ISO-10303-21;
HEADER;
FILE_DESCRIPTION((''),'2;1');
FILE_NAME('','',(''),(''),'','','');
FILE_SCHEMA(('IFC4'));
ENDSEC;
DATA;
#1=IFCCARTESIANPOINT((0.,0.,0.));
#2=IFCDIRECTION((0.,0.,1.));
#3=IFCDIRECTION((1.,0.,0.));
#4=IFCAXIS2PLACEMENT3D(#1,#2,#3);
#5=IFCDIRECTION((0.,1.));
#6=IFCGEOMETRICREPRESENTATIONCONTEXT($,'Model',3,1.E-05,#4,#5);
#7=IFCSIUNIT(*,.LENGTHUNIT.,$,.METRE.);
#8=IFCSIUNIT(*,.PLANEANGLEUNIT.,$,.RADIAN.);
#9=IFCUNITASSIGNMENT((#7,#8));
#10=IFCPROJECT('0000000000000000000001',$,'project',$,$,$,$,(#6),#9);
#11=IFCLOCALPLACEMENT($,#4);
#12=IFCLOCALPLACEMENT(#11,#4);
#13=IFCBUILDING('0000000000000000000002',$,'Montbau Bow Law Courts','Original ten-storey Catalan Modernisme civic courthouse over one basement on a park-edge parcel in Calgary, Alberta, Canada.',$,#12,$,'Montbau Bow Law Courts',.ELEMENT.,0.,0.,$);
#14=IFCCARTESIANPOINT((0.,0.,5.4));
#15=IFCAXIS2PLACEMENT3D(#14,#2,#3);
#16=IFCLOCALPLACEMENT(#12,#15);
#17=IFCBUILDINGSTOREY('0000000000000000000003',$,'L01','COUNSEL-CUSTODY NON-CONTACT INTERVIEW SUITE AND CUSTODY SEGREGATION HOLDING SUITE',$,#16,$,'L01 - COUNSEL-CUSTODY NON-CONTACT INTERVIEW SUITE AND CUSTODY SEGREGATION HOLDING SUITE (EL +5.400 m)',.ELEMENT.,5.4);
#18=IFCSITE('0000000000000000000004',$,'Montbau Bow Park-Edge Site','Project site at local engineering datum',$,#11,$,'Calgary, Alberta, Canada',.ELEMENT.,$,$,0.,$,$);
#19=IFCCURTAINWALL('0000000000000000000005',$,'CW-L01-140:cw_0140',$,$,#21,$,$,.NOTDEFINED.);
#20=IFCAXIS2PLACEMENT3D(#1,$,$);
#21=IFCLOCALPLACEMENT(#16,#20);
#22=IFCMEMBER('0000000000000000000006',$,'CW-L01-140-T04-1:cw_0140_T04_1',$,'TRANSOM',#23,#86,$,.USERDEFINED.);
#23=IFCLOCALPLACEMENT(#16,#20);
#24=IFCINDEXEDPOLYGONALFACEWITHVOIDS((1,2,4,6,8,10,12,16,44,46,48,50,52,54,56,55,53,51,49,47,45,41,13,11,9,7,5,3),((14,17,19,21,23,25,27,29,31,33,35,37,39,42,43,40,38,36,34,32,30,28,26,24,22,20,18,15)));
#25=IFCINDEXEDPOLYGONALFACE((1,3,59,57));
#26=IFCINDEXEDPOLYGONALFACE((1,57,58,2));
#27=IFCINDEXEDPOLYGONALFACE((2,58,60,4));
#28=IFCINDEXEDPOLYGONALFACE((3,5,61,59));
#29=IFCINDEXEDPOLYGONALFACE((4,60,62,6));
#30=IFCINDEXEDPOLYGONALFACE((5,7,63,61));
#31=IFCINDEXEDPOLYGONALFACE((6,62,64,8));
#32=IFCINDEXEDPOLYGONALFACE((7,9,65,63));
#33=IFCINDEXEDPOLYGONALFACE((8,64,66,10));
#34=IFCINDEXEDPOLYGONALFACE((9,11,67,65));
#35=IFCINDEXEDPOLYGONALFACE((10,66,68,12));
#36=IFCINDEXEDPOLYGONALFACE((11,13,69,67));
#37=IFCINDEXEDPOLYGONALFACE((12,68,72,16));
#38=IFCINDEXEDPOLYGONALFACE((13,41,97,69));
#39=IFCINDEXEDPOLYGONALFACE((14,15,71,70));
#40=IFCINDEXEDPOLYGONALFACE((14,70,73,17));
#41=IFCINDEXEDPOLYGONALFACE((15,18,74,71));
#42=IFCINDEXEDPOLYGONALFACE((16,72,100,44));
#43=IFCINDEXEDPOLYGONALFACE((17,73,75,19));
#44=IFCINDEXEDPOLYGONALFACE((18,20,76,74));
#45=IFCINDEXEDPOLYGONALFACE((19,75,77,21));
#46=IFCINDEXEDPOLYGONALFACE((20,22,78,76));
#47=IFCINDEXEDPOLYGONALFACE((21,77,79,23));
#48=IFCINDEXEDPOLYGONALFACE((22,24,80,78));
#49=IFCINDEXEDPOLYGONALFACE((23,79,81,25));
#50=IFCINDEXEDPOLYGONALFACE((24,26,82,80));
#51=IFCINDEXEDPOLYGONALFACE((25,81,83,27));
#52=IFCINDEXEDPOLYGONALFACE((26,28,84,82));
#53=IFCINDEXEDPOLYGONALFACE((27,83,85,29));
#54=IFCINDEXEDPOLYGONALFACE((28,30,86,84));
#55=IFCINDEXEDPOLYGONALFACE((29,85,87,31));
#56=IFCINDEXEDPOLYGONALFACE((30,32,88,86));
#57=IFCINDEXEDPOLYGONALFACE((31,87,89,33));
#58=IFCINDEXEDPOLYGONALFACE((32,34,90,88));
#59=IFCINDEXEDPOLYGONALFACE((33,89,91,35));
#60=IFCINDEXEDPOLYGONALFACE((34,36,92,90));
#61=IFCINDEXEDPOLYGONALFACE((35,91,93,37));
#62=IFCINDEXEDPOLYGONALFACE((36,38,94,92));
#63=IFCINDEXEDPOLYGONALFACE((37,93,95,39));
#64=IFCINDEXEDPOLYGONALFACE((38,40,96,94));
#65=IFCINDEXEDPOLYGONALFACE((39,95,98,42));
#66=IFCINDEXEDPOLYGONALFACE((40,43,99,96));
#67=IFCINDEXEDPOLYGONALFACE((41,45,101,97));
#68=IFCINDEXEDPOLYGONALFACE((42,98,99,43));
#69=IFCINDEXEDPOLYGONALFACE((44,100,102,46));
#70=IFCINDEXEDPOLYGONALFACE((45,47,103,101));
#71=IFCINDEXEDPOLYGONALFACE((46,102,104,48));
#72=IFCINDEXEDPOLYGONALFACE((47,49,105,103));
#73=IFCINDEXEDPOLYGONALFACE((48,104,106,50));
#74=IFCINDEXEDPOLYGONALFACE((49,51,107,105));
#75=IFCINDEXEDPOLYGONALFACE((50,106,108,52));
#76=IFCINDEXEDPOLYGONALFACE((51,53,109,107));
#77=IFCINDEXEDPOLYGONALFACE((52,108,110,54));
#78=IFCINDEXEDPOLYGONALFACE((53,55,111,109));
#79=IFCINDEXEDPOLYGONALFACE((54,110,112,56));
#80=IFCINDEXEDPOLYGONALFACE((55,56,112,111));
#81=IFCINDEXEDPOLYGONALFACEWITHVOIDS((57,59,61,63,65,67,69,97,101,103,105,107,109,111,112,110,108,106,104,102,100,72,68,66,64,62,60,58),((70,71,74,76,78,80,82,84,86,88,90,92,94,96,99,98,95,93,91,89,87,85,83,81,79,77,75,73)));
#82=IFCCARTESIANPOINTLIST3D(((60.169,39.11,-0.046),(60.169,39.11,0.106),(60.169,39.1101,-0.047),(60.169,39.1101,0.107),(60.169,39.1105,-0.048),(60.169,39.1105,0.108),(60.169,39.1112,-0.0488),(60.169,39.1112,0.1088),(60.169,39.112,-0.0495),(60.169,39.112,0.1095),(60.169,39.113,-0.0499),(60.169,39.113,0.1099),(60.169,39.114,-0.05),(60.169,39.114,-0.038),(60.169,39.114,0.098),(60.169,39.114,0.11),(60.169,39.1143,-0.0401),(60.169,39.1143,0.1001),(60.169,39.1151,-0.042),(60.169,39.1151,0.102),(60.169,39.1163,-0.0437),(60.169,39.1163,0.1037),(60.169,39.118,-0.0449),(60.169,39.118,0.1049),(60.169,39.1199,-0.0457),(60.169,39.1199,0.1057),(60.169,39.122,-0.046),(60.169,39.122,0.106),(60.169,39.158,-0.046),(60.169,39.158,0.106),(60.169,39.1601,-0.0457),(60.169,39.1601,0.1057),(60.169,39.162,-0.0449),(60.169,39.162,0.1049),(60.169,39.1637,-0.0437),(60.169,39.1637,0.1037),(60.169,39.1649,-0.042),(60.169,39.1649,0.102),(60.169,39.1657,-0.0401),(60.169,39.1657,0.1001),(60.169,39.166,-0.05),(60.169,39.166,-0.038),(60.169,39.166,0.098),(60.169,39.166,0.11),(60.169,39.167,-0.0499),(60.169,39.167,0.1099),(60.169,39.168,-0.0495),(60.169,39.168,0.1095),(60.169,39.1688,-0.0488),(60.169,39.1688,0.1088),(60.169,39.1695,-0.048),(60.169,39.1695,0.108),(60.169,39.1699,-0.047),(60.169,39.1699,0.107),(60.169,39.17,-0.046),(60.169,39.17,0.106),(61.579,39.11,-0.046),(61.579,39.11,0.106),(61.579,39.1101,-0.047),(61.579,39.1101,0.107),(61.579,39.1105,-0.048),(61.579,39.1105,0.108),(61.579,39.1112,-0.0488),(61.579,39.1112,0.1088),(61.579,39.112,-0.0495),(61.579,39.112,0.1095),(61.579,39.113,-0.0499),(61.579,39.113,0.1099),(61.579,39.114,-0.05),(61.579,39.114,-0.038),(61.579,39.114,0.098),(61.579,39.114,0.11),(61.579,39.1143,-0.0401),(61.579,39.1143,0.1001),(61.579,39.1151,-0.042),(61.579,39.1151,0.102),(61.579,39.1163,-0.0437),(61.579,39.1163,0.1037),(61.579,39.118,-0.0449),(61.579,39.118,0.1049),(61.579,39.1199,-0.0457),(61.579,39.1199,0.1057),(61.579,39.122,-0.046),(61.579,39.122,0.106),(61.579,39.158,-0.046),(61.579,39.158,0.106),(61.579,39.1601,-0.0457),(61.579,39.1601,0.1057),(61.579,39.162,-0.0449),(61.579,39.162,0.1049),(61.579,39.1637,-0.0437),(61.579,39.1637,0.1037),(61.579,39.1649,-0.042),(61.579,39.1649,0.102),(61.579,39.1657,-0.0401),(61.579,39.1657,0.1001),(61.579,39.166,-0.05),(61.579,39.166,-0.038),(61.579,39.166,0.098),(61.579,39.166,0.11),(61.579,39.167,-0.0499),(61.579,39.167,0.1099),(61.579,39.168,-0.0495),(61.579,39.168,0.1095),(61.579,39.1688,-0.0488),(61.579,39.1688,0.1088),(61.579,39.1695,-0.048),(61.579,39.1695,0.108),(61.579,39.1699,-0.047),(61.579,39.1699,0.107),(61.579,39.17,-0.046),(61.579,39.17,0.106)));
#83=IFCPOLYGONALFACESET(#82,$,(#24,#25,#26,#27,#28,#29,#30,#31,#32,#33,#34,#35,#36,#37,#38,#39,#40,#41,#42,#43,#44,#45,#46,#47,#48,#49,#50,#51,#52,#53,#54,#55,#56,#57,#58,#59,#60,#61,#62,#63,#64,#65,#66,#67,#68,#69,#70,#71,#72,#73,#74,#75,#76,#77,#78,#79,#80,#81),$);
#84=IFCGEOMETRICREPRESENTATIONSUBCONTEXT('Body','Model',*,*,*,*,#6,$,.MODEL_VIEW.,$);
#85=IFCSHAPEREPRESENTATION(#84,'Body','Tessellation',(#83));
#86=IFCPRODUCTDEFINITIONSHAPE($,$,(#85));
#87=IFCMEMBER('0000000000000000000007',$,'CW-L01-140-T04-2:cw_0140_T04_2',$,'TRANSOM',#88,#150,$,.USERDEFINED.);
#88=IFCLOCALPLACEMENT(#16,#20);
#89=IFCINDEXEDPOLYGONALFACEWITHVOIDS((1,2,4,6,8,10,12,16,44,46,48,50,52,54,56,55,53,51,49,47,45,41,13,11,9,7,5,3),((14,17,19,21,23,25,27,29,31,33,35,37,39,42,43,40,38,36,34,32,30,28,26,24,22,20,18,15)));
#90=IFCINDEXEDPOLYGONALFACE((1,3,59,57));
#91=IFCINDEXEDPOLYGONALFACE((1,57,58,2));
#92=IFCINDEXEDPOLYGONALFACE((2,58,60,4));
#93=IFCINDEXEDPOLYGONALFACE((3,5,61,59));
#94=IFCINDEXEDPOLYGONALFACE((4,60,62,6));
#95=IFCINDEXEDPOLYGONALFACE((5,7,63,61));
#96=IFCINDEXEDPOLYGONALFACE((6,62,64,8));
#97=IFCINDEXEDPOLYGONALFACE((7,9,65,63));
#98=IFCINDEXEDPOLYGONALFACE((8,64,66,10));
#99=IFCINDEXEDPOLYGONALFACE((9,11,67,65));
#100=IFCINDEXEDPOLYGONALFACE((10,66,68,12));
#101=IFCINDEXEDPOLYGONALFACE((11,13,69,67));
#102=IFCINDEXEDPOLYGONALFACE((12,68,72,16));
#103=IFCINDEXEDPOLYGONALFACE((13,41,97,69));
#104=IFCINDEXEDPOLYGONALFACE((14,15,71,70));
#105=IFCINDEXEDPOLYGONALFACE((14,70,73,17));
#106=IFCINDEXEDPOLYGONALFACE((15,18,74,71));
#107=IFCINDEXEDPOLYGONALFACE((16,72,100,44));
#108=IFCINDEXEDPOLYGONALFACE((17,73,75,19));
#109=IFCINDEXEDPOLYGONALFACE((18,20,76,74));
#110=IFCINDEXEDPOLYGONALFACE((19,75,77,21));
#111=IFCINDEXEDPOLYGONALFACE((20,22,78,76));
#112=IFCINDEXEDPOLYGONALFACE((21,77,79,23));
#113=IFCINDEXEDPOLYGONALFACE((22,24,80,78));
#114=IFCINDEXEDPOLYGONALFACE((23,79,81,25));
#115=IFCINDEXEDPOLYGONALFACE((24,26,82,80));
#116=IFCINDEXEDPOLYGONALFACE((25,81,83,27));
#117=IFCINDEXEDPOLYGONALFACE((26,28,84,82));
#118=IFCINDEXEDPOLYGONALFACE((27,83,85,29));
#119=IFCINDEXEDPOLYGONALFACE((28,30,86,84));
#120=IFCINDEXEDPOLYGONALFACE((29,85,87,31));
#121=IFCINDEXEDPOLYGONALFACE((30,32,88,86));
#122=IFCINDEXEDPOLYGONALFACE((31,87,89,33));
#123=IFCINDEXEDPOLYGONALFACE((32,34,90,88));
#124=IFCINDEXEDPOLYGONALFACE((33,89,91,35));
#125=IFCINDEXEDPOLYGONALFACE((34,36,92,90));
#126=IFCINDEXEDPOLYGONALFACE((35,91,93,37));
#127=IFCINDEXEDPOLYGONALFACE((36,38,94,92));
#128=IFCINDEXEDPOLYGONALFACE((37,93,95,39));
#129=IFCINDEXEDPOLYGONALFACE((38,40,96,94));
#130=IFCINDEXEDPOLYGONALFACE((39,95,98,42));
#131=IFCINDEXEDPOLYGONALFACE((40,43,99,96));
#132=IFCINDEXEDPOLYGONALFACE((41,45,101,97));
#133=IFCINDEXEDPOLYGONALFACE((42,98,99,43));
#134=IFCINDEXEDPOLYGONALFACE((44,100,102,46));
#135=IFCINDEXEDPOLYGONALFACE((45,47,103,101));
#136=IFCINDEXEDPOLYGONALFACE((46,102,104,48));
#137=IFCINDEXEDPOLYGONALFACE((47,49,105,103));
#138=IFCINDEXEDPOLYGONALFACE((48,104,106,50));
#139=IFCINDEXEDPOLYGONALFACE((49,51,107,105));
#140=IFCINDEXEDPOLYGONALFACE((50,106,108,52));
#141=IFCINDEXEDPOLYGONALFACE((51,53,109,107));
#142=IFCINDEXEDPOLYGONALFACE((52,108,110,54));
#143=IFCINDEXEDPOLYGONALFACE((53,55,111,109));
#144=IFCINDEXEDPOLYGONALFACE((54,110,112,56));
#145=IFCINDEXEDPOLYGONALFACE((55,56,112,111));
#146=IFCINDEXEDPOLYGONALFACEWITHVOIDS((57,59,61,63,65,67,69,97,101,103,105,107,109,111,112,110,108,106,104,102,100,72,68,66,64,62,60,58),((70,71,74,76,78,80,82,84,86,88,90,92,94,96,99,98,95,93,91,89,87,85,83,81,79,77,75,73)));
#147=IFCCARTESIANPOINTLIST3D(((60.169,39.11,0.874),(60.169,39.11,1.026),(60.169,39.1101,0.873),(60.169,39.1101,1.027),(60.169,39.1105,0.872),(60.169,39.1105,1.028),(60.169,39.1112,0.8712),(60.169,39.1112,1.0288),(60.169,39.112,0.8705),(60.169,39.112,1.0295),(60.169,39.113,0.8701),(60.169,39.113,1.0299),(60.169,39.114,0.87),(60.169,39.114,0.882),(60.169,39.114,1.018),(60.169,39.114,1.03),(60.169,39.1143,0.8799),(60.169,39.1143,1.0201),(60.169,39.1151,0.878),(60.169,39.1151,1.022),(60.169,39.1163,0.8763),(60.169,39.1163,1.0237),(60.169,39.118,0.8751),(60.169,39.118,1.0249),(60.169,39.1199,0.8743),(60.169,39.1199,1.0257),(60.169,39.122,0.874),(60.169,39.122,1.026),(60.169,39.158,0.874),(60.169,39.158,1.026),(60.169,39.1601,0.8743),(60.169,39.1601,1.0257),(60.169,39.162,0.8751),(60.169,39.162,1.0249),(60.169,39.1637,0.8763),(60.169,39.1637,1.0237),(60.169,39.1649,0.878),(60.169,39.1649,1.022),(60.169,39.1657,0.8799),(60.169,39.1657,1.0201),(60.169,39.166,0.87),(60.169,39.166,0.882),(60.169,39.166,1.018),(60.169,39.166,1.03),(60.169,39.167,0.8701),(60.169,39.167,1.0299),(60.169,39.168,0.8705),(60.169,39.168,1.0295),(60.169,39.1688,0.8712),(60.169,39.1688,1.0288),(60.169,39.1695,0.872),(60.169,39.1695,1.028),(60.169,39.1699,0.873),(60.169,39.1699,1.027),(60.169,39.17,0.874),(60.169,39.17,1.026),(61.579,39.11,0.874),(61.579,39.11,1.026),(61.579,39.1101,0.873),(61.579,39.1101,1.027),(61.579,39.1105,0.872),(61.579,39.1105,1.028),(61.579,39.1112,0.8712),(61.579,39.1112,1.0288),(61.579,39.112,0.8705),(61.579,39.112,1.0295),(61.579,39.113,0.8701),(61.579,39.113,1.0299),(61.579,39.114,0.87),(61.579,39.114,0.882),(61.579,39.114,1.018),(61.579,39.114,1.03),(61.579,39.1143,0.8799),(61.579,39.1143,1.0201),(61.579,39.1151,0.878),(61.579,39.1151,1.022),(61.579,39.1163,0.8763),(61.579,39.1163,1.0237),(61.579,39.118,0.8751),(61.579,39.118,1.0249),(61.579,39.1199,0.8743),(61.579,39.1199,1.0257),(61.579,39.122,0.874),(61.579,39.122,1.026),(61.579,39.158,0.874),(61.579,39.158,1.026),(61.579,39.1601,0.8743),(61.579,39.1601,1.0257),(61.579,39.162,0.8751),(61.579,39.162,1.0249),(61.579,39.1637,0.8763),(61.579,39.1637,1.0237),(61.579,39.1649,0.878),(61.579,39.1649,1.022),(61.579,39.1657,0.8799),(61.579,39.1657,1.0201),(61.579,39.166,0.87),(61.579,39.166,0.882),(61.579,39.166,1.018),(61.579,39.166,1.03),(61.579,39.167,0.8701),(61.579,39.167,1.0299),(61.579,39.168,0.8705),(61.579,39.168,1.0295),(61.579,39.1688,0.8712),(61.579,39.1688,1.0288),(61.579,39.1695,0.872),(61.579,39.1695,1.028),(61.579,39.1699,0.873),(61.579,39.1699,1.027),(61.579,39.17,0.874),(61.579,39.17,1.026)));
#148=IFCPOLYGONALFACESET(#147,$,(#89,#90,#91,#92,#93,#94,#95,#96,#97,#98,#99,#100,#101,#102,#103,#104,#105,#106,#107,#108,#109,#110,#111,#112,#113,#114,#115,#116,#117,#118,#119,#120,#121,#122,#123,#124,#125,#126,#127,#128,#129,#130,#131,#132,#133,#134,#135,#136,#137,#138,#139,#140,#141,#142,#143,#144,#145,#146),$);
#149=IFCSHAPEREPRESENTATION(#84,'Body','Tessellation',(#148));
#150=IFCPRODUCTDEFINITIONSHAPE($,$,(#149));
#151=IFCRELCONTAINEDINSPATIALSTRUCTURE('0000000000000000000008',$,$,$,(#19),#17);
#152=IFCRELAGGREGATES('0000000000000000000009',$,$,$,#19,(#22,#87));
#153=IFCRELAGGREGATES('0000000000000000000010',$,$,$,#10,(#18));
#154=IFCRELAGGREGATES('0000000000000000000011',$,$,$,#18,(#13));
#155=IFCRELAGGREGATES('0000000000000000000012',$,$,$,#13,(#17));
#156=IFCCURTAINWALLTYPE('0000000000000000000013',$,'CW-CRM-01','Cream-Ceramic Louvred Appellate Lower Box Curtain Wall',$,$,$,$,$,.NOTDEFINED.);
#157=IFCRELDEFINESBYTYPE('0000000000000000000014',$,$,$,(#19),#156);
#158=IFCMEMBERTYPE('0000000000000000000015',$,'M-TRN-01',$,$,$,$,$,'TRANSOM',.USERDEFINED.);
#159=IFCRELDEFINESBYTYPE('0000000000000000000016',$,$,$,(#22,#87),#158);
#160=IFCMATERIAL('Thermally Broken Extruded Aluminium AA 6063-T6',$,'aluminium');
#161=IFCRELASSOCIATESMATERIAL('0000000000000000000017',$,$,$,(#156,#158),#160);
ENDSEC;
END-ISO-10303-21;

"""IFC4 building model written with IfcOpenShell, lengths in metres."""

from ifc_helpers import new_model, si_unit, direction, frame, origin_with_axes, origin_2d_with_axis, place, context, subcontext, project, spatial, hollow_rectangle, extrude, material, material_profile, profile_set, type_object, element, aggregate, save


model = new_model("IFC4")

# Units and contexts
model_context = context("Model", 3, precision=1e-05, world=origin_with_axes(), true_north=direction((0.0, 1.0)))
body_context = subcontext(model_context, "Body", "Model", "MODEL_VIEW")
ifc_project = project(units=[si_unit("LENGTHUNIT", "METRE"), si_unit("PLANEANGLEUNIT", "RADIAN")], contexts=[model_context])

# Site, building, storey
site_placement = place(None, origin_with_axes())
site = spatial("IfcSite", under=ifc_project, at=site_placement, Name="Montbau Bow Park-Edge Site", Description="Project site at local engineering datum", LongName="Calgary, Alberta, Canada", CompositionType="ELEMENT", RefElevation=0.0)
building_placement = place(site_placement, origin_with_axes())
building = spatial("IfcBuilding", under=site, at=building_placement, Name="Montbau Bow Law Courts", Description="Original ten-storey Catalan Modernisme civic courthouse over one basement on a park-edge parcel in Calgary, Alberta, Canada.", LongName="Montbau Bow Law Courts", CompositionType="ELEMENT", ElevationOfRefHeight=0.0, ElevationOfTerrain=0.0)
storey_placement = place(building_placement, frame((0.0, 0.0, 5.4), z_axis=(0.0, 0.0, 1.0), x_axis=(1.0, 0.0, 0.0)))
storey = spatial("IfcBuildingStorey", under=building, at=storey_placement, Name="L01", Description="COUNSEL-CUSTODY NON-CONTACT INTERVIEW SUITE AND CUSTODY SEGREGATION HOLDING SUITE", LongName="L01 - COUNSEL-CUSTODY NON-CONTACT INTERVIEW SUITE AND CUSTODY SEGREGATION HOLDING SUITE (EL +5.400 m)", CompositionType="ELEMENT", Elevation=5.4)

# Shared definitions
ifc_material_1 = material(Name="Thermally Broken Extruded Aluminium AA 6063-T6", Category="aluminium")
curtain_wall_type = type_object("IfcCurtainWallType", Name="CW-CRM-01", Description="Cream-Ceramic Louvred Appellate Lower Box Curtain Wall", PredefinedType="NOTDEFINED", material=ifc_material_1)

# Curtain wall, members
curtain_wall_1_placement = place(None, frame((55.715, 39.14, 5.4), z_axis=(0.0, 0.0, 1.0), x_axis=(1.0, 0.0, 0.0)))
curtain_wall_1 = element("IfcCurtainWall", 1, at=curtain_wall_1_placement, inside=storey, type_object=curtain_wall_type, Name="CW-L01-140:cw_0140", PredefinedType="NOTDEFINED")
ifc_material_profile_1 = material_profile(ifc_material_1, hollow_rectangle(XDim=0.06, YDim=0.16, WallThickness=0.004, InnerFilletRadius=0.008, OuterFilletRadius=0.004, at=origin_2d_with_axis()), Name="CWT-160X60", Category="Main", Priority=0)
ifc_profile_set_1 = profile_set([ifc_material_profile_1], Name="Thermally Broken Extruded Aluminium AA 6063-T6")
member_type_1 = type_object("IfcMemberType", Name="M-TRN-01", ElementType="TRANSOM", PredefinedType="USERDEFINED", material=ifc_profile_set_1)
member_1_placement = place(None, frame((60.169, 39.14, 5.43), z_axis=(1.0, 0.0, 0.0), x_axis=(0.0, 1.0, 0.0)))
member_1 = element("IfcMember", 2, at=member_1_placement, type_object=member_type_1, Name="CW-L01-140-T04-1:cw_0140_T04_1", ObjectType="TRANSOM", PredefinedType="USERDEFINED", context=body_context, shape_type="SweptSolid", body=[
    extrude(hollow_rectangle(XDim=0.06, YDim=0.16, WallThickness=0.004, InnerFilletRadius=0.008, OuterFilletRadius=0.004, at=origin_2d_with_axis()), origin_with_axes(), (0.0, 0.0, 1.0), 1.41),
])
member_2_placement = place(None, frame((60.169, 39.14, 6.35), z_axis=(1.0, 0.0, 0.0), x_axis=(0.0, 1.0, 0.0)))
member_2 = element("IfcMember", 3, at=member_2_placement, type_object=member_type_1, Name="CW-L01-140-T04-2:cw_0140_T04_2", ObjectType="TRANSOM", PredefinedType="USERDEFINED", context=body_context, shape_type="SweptSolid", body=[
    extrude(hollow_rectangle(XDim=0.06, YDim=0.16, WallThickness=0.004, InnerFilletRadius=0.008, OuterFilletRadius=0.004, at=origin_2d_with_axis()), origin_with_axes(), (0.0, 0.0, 1.0), 1.41),
])
aggregate(curtain_wall_1, [member_1, member_2])

save(model, "model.ifc")
